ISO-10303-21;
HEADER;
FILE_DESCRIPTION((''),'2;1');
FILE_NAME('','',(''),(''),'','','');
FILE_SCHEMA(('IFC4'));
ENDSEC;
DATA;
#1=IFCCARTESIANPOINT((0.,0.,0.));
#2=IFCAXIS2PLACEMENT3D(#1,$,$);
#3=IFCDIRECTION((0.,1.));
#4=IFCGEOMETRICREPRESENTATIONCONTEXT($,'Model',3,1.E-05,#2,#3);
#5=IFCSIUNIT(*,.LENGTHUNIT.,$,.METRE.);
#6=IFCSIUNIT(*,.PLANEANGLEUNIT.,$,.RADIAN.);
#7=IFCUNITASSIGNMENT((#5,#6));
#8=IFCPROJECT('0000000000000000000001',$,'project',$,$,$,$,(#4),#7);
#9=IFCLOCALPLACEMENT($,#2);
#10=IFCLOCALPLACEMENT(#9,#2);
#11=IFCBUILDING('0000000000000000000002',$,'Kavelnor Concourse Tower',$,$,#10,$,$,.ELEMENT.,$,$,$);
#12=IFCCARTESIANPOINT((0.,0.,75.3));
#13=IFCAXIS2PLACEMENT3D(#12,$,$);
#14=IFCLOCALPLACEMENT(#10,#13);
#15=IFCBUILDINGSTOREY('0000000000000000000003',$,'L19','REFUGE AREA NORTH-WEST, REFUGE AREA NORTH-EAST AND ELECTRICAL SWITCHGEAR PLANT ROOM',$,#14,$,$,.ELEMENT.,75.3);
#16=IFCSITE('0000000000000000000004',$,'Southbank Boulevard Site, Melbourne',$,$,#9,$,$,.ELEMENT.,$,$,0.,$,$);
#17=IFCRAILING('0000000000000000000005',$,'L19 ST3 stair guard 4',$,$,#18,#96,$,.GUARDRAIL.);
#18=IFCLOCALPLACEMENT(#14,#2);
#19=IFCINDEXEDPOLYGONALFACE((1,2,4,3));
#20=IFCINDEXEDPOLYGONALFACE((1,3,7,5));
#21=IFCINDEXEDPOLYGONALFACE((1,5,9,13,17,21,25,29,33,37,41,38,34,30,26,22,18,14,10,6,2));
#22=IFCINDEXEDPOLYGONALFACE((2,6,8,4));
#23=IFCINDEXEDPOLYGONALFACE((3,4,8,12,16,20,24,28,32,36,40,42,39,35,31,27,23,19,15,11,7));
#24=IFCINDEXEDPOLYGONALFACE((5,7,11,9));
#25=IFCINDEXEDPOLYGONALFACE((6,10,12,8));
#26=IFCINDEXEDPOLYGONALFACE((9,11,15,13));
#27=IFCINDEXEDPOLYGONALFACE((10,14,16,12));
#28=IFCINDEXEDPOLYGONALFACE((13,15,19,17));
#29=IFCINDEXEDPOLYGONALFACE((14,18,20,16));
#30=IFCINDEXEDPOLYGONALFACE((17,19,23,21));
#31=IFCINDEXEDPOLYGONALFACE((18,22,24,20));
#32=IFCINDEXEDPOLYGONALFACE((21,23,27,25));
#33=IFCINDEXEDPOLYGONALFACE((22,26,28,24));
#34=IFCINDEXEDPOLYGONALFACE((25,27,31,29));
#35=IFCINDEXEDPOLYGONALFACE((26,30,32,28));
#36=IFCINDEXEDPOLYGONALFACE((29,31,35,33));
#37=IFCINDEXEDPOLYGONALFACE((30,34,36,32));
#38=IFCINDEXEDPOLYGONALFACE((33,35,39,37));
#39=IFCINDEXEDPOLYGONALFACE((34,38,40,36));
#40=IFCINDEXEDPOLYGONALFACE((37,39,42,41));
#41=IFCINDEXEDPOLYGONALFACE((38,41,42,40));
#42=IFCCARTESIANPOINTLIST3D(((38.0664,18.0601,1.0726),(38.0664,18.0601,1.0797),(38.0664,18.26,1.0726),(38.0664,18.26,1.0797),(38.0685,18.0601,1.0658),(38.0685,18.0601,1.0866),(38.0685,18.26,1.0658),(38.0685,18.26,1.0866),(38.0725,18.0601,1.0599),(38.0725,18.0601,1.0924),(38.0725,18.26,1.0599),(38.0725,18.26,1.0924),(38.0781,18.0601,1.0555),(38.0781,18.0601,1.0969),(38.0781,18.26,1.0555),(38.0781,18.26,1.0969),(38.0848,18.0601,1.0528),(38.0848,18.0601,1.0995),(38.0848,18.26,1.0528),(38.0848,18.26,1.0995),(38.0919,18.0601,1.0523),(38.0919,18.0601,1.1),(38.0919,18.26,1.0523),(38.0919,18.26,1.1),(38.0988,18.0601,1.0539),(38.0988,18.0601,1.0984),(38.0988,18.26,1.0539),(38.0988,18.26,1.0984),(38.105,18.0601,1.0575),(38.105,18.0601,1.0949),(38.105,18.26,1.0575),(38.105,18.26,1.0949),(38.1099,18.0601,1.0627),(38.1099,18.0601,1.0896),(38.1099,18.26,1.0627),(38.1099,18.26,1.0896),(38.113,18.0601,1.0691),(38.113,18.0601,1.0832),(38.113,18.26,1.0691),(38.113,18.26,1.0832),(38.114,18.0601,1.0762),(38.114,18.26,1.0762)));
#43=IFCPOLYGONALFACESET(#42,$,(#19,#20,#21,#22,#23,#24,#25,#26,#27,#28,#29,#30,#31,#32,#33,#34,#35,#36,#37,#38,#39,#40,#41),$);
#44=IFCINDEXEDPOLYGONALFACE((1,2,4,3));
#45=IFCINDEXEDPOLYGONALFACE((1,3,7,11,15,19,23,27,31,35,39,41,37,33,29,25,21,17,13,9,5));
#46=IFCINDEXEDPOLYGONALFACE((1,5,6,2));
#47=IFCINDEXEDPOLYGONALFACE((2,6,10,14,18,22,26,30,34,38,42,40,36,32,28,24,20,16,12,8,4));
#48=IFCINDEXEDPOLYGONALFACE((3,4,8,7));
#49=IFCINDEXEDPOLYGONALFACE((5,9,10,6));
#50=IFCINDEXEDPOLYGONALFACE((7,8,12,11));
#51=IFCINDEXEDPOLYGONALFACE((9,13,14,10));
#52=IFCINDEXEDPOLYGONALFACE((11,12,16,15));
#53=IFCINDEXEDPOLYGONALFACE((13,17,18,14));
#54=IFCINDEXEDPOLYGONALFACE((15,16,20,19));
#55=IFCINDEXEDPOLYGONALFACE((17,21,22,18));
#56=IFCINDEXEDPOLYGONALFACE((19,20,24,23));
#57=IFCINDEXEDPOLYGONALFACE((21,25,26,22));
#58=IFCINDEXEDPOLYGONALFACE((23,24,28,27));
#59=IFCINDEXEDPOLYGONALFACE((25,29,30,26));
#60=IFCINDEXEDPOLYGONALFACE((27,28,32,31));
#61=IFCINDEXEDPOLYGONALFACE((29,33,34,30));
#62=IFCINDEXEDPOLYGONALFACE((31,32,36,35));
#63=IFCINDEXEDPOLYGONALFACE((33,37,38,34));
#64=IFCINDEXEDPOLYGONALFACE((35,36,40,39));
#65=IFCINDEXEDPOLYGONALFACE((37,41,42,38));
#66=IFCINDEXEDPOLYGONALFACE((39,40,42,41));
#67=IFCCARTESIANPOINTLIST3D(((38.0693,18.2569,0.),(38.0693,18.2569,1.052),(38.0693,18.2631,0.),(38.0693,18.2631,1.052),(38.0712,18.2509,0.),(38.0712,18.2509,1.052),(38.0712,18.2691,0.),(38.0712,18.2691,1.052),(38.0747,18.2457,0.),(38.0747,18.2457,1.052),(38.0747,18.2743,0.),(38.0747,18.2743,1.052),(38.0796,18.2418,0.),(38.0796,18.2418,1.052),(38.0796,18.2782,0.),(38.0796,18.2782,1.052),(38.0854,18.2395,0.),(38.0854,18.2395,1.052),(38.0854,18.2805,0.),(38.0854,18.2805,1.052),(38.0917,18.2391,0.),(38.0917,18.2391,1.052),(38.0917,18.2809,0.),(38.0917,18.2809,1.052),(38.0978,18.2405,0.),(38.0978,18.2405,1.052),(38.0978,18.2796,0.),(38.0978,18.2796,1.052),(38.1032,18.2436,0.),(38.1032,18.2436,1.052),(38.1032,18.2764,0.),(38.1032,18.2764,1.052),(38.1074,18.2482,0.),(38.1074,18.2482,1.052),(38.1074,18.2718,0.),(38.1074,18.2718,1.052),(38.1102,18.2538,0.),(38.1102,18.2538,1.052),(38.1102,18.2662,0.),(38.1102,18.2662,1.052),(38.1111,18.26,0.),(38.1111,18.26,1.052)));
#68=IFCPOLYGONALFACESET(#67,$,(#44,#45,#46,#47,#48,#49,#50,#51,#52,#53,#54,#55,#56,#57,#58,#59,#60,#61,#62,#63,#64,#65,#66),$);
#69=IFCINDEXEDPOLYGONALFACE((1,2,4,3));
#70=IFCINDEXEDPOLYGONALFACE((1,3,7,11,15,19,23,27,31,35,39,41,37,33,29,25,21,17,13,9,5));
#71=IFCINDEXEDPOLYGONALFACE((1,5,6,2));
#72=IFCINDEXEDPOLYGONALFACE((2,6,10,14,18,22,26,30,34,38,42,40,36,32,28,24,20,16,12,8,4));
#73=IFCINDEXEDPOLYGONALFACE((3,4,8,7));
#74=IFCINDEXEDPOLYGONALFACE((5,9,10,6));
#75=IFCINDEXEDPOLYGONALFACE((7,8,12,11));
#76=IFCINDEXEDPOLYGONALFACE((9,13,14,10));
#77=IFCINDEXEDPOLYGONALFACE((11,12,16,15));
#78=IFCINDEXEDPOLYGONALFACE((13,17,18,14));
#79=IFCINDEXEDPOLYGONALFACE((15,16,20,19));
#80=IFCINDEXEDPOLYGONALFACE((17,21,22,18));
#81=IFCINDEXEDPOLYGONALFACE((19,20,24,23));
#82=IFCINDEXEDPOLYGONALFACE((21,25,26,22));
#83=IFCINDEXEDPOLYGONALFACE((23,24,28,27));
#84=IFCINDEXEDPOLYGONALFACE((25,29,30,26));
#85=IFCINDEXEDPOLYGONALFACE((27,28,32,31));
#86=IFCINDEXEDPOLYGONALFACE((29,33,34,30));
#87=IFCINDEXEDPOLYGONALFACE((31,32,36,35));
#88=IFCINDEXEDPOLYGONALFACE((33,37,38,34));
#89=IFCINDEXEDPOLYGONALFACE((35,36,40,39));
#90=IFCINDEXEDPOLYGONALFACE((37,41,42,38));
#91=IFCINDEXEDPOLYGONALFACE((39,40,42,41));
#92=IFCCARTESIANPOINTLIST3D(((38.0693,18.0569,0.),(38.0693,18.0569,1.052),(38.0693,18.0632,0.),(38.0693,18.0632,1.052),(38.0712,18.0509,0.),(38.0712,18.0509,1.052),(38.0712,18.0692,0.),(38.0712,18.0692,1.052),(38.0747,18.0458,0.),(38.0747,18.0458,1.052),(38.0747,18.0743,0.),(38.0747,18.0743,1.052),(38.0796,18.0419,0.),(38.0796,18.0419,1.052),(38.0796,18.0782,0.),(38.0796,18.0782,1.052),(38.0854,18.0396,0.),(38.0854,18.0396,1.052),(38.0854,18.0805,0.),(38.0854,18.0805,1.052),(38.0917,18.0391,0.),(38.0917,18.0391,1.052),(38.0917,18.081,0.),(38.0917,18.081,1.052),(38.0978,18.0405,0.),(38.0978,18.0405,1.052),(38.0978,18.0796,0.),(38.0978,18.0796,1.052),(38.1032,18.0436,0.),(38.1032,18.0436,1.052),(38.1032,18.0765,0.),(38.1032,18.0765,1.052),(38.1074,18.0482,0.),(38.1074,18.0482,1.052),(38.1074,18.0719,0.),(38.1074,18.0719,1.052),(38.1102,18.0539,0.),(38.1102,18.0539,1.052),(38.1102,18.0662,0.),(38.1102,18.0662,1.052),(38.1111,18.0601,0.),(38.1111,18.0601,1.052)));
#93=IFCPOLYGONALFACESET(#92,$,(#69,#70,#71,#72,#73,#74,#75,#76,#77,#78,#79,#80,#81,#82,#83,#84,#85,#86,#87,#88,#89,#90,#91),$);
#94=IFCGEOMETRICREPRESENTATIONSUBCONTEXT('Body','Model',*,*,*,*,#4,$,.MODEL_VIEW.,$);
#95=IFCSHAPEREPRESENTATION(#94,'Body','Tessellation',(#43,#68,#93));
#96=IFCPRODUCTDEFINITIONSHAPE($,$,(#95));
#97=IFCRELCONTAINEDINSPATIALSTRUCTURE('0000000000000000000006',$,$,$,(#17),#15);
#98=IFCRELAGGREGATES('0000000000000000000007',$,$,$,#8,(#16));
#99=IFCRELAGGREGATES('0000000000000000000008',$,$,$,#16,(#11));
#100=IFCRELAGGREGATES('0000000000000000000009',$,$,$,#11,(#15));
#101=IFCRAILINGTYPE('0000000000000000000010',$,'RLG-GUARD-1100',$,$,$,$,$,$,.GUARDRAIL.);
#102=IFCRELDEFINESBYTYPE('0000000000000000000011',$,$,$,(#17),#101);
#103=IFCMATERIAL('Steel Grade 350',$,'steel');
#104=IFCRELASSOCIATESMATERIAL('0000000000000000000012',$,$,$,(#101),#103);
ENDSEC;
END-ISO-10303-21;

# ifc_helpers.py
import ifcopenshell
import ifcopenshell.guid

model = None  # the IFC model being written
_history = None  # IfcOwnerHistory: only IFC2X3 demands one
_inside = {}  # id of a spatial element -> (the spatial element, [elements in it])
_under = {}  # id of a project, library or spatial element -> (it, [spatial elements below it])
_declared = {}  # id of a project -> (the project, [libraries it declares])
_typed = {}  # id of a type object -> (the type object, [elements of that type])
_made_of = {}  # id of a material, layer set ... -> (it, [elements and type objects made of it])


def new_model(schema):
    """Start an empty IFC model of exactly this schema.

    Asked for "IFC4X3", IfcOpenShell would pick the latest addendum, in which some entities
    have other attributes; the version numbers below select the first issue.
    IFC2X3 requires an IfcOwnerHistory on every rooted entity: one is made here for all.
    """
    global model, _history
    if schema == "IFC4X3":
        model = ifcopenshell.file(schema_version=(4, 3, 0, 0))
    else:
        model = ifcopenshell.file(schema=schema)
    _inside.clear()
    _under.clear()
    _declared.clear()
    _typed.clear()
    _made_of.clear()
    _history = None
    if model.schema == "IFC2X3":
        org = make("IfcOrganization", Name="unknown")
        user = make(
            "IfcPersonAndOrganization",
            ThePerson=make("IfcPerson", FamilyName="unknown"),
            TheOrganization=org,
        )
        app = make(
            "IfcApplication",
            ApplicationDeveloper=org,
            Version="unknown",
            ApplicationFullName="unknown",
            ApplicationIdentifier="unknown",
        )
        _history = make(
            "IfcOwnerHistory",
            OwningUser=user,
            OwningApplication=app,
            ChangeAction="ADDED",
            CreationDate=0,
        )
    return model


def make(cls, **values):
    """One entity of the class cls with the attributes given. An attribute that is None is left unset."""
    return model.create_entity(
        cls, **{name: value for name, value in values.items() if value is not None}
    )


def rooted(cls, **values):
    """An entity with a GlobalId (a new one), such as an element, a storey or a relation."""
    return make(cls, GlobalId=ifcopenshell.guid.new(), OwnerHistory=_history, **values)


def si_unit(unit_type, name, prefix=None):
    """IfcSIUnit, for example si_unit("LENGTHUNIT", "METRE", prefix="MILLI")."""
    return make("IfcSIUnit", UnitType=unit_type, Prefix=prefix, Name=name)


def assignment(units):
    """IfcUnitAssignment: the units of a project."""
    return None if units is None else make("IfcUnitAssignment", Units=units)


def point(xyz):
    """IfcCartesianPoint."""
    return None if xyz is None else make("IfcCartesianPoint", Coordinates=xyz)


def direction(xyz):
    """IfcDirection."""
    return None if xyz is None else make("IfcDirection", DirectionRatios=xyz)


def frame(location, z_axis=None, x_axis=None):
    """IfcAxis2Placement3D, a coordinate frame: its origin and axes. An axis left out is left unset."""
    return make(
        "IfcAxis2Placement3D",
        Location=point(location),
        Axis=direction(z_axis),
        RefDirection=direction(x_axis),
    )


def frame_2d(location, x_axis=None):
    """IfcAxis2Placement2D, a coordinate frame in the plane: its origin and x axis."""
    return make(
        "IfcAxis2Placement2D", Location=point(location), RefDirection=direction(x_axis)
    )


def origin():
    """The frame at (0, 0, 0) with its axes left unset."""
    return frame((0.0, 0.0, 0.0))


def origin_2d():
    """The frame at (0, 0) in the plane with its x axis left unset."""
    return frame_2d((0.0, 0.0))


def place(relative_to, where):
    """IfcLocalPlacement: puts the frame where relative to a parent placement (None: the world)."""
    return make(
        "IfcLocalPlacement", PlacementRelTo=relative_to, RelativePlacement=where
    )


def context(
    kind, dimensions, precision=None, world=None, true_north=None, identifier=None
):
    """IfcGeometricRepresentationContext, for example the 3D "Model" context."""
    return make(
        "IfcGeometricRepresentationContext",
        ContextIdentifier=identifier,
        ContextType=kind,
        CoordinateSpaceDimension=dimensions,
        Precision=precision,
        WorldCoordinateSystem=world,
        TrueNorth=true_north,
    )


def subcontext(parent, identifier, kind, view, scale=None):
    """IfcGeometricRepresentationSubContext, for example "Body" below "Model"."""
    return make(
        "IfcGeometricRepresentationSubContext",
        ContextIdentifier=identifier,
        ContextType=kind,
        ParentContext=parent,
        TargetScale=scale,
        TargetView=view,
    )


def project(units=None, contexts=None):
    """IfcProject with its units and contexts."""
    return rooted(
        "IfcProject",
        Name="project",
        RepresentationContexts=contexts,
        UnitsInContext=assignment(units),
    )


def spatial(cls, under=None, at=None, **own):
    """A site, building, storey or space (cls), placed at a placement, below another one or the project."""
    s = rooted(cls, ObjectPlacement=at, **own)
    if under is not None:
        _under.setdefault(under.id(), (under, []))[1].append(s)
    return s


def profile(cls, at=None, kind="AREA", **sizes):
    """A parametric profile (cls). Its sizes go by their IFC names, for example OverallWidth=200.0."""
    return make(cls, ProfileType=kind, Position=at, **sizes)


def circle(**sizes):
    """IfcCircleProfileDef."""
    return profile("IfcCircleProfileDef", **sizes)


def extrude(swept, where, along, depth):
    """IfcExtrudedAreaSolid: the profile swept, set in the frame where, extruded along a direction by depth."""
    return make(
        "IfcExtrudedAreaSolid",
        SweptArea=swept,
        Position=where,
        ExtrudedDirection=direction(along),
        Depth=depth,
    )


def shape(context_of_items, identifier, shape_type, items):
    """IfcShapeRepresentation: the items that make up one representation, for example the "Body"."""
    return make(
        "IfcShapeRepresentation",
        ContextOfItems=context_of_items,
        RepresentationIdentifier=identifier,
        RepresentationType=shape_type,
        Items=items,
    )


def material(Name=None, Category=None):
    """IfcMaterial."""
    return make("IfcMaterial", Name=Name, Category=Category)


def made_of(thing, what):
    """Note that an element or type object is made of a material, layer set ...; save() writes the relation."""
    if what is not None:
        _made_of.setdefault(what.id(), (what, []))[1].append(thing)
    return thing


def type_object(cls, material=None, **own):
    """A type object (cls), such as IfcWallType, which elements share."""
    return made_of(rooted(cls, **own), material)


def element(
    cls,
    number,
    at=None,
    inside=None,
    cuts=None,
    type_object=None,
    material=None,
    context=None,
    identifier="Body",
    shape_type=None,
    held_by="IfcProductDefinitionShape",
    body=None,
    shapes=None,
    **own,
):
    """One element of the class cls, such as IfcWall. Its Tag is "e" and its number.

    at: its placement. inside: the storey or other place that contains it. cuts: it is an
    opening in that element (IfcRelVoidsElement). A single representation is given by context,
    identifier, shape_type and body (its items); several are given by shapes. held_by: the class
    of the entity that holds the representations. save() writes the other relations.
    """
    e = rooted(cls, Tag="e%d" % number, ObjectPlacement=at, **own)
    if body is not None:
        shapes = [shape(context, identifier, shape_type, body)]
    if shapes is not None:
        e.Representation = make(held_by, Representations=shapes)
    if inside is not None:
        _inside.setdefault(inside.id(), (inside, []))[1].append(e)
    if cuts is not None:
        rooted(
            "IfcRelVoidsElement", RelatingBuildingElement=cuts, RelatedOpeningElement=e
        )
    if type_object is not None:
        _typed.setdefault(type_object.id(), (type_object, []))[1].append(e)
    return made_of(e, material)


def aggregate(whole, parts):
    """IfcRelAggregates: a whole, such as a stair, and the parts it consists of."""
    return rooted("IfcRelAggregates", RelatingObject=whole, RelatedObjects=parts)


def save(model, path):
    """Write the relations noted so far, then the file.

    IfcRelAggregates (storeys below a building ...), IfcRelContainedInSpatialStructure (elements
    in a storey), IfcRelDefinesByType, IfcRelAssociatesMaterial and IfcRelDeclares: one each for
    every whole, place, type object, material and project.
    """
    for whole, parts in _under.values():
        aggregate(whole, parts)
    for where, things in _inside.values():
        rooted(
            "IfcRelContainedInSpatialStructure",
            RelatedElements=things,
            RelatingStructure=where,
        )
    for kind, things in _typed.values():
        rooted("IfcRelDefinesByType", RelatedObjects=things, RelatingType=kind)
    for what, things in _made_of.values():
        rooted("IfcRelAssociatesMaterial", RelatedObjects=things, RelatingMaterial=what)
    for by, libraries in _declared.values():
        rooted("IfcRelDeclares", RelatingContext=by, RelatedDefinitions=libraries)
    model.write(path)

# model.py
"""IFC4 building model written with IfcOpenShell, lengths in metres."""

from ifc_helpers import new_model, si_unit, direction, frame, origin, origin_2d, place, context, subcontext, project, spatial, circle, extrude, material, type_object, element, save


model = new_model("IFC4")

# Units and contexts
model_context = context("Model", 3, precision=1e-05, world=origin(), true_north=direction((0.0, 1.0)))
body_context = subcontext(model_context, "Body", "Model", "MODEL_VIEW")
ifc_project = project(units=[si_unit("LENGTHUNIT", "METRE"), si_unit("PLANEANGLEUNIT", "RADIAN")], contexts=[model_context])

# Site, building, storey
site_placement = place(None, origin())
site = spatial("IfcSite", under=ifc_project, at=site_placement, Name="Southbank Boulevard Site, Melbourne", CompositionType="ELEMENT", RefElevation=0.0)
building_placement = place(site_placement, origin())
building = spatial("IfcBuilding", under=site, at=building_placement, Name="Kavelnor Concourse Tower", CompositionType="ELEMENT")
storey_placement = place(building_placement, frame((0.0, 0.0, 75.3)))
storey = spatial("IfcBuildingStorey", under=building, at=storey_placement, Name="L19", Description="REFUGE AREA NORTH-WEST, REFUGE AREA NORTH-EAST AND ELECTRICAL SWITCHGEAR PLANT ROOM", CompositionType="ELEMENT", Elevation=75.3)

# Shared definitions
ifc_material_1 = material(Name="Steel Grade 350", Category="steel")

# Railing
railing_type_1 = type_object("IfcRailingType", Name="RLG-GUARD-1100", PredefinedType="GUARDRAIL", material=ifc_material_1)
railing_1_placement = place(storey_placement, frame((38.0901, 18.26, 0.0)))
element("IfcRailing", 1, at=railing_1_placement, inside=storey, type_object=railing_type_1, Name="L19 ST3 stair guard 4", PredefinedType="GUARDRAIL", context=body_context, shape_type="SweptSolid", body=[
    extrude(circle(Radius=0.0239, at=origin_2d()), frame((0.0, 0.0, 1.0762), z_axis=(0.0, -1.0, 0.0), x_axis=(1.0, 0.0, 0.0)), (0.0, 0.0, 1.0), 0.2),
    extrude(circle(Radius=0.021, at=origin_2d()), origin(), (0.0, 0.0, 1.0), 1.052),
    extrude(circle(Radius=0.021, at=origin_2d()), frame((0.0, -0.2, 0.0)), (0.0, 0.0, 1.0), 1.052),
])

save(model, "model.ifc")
